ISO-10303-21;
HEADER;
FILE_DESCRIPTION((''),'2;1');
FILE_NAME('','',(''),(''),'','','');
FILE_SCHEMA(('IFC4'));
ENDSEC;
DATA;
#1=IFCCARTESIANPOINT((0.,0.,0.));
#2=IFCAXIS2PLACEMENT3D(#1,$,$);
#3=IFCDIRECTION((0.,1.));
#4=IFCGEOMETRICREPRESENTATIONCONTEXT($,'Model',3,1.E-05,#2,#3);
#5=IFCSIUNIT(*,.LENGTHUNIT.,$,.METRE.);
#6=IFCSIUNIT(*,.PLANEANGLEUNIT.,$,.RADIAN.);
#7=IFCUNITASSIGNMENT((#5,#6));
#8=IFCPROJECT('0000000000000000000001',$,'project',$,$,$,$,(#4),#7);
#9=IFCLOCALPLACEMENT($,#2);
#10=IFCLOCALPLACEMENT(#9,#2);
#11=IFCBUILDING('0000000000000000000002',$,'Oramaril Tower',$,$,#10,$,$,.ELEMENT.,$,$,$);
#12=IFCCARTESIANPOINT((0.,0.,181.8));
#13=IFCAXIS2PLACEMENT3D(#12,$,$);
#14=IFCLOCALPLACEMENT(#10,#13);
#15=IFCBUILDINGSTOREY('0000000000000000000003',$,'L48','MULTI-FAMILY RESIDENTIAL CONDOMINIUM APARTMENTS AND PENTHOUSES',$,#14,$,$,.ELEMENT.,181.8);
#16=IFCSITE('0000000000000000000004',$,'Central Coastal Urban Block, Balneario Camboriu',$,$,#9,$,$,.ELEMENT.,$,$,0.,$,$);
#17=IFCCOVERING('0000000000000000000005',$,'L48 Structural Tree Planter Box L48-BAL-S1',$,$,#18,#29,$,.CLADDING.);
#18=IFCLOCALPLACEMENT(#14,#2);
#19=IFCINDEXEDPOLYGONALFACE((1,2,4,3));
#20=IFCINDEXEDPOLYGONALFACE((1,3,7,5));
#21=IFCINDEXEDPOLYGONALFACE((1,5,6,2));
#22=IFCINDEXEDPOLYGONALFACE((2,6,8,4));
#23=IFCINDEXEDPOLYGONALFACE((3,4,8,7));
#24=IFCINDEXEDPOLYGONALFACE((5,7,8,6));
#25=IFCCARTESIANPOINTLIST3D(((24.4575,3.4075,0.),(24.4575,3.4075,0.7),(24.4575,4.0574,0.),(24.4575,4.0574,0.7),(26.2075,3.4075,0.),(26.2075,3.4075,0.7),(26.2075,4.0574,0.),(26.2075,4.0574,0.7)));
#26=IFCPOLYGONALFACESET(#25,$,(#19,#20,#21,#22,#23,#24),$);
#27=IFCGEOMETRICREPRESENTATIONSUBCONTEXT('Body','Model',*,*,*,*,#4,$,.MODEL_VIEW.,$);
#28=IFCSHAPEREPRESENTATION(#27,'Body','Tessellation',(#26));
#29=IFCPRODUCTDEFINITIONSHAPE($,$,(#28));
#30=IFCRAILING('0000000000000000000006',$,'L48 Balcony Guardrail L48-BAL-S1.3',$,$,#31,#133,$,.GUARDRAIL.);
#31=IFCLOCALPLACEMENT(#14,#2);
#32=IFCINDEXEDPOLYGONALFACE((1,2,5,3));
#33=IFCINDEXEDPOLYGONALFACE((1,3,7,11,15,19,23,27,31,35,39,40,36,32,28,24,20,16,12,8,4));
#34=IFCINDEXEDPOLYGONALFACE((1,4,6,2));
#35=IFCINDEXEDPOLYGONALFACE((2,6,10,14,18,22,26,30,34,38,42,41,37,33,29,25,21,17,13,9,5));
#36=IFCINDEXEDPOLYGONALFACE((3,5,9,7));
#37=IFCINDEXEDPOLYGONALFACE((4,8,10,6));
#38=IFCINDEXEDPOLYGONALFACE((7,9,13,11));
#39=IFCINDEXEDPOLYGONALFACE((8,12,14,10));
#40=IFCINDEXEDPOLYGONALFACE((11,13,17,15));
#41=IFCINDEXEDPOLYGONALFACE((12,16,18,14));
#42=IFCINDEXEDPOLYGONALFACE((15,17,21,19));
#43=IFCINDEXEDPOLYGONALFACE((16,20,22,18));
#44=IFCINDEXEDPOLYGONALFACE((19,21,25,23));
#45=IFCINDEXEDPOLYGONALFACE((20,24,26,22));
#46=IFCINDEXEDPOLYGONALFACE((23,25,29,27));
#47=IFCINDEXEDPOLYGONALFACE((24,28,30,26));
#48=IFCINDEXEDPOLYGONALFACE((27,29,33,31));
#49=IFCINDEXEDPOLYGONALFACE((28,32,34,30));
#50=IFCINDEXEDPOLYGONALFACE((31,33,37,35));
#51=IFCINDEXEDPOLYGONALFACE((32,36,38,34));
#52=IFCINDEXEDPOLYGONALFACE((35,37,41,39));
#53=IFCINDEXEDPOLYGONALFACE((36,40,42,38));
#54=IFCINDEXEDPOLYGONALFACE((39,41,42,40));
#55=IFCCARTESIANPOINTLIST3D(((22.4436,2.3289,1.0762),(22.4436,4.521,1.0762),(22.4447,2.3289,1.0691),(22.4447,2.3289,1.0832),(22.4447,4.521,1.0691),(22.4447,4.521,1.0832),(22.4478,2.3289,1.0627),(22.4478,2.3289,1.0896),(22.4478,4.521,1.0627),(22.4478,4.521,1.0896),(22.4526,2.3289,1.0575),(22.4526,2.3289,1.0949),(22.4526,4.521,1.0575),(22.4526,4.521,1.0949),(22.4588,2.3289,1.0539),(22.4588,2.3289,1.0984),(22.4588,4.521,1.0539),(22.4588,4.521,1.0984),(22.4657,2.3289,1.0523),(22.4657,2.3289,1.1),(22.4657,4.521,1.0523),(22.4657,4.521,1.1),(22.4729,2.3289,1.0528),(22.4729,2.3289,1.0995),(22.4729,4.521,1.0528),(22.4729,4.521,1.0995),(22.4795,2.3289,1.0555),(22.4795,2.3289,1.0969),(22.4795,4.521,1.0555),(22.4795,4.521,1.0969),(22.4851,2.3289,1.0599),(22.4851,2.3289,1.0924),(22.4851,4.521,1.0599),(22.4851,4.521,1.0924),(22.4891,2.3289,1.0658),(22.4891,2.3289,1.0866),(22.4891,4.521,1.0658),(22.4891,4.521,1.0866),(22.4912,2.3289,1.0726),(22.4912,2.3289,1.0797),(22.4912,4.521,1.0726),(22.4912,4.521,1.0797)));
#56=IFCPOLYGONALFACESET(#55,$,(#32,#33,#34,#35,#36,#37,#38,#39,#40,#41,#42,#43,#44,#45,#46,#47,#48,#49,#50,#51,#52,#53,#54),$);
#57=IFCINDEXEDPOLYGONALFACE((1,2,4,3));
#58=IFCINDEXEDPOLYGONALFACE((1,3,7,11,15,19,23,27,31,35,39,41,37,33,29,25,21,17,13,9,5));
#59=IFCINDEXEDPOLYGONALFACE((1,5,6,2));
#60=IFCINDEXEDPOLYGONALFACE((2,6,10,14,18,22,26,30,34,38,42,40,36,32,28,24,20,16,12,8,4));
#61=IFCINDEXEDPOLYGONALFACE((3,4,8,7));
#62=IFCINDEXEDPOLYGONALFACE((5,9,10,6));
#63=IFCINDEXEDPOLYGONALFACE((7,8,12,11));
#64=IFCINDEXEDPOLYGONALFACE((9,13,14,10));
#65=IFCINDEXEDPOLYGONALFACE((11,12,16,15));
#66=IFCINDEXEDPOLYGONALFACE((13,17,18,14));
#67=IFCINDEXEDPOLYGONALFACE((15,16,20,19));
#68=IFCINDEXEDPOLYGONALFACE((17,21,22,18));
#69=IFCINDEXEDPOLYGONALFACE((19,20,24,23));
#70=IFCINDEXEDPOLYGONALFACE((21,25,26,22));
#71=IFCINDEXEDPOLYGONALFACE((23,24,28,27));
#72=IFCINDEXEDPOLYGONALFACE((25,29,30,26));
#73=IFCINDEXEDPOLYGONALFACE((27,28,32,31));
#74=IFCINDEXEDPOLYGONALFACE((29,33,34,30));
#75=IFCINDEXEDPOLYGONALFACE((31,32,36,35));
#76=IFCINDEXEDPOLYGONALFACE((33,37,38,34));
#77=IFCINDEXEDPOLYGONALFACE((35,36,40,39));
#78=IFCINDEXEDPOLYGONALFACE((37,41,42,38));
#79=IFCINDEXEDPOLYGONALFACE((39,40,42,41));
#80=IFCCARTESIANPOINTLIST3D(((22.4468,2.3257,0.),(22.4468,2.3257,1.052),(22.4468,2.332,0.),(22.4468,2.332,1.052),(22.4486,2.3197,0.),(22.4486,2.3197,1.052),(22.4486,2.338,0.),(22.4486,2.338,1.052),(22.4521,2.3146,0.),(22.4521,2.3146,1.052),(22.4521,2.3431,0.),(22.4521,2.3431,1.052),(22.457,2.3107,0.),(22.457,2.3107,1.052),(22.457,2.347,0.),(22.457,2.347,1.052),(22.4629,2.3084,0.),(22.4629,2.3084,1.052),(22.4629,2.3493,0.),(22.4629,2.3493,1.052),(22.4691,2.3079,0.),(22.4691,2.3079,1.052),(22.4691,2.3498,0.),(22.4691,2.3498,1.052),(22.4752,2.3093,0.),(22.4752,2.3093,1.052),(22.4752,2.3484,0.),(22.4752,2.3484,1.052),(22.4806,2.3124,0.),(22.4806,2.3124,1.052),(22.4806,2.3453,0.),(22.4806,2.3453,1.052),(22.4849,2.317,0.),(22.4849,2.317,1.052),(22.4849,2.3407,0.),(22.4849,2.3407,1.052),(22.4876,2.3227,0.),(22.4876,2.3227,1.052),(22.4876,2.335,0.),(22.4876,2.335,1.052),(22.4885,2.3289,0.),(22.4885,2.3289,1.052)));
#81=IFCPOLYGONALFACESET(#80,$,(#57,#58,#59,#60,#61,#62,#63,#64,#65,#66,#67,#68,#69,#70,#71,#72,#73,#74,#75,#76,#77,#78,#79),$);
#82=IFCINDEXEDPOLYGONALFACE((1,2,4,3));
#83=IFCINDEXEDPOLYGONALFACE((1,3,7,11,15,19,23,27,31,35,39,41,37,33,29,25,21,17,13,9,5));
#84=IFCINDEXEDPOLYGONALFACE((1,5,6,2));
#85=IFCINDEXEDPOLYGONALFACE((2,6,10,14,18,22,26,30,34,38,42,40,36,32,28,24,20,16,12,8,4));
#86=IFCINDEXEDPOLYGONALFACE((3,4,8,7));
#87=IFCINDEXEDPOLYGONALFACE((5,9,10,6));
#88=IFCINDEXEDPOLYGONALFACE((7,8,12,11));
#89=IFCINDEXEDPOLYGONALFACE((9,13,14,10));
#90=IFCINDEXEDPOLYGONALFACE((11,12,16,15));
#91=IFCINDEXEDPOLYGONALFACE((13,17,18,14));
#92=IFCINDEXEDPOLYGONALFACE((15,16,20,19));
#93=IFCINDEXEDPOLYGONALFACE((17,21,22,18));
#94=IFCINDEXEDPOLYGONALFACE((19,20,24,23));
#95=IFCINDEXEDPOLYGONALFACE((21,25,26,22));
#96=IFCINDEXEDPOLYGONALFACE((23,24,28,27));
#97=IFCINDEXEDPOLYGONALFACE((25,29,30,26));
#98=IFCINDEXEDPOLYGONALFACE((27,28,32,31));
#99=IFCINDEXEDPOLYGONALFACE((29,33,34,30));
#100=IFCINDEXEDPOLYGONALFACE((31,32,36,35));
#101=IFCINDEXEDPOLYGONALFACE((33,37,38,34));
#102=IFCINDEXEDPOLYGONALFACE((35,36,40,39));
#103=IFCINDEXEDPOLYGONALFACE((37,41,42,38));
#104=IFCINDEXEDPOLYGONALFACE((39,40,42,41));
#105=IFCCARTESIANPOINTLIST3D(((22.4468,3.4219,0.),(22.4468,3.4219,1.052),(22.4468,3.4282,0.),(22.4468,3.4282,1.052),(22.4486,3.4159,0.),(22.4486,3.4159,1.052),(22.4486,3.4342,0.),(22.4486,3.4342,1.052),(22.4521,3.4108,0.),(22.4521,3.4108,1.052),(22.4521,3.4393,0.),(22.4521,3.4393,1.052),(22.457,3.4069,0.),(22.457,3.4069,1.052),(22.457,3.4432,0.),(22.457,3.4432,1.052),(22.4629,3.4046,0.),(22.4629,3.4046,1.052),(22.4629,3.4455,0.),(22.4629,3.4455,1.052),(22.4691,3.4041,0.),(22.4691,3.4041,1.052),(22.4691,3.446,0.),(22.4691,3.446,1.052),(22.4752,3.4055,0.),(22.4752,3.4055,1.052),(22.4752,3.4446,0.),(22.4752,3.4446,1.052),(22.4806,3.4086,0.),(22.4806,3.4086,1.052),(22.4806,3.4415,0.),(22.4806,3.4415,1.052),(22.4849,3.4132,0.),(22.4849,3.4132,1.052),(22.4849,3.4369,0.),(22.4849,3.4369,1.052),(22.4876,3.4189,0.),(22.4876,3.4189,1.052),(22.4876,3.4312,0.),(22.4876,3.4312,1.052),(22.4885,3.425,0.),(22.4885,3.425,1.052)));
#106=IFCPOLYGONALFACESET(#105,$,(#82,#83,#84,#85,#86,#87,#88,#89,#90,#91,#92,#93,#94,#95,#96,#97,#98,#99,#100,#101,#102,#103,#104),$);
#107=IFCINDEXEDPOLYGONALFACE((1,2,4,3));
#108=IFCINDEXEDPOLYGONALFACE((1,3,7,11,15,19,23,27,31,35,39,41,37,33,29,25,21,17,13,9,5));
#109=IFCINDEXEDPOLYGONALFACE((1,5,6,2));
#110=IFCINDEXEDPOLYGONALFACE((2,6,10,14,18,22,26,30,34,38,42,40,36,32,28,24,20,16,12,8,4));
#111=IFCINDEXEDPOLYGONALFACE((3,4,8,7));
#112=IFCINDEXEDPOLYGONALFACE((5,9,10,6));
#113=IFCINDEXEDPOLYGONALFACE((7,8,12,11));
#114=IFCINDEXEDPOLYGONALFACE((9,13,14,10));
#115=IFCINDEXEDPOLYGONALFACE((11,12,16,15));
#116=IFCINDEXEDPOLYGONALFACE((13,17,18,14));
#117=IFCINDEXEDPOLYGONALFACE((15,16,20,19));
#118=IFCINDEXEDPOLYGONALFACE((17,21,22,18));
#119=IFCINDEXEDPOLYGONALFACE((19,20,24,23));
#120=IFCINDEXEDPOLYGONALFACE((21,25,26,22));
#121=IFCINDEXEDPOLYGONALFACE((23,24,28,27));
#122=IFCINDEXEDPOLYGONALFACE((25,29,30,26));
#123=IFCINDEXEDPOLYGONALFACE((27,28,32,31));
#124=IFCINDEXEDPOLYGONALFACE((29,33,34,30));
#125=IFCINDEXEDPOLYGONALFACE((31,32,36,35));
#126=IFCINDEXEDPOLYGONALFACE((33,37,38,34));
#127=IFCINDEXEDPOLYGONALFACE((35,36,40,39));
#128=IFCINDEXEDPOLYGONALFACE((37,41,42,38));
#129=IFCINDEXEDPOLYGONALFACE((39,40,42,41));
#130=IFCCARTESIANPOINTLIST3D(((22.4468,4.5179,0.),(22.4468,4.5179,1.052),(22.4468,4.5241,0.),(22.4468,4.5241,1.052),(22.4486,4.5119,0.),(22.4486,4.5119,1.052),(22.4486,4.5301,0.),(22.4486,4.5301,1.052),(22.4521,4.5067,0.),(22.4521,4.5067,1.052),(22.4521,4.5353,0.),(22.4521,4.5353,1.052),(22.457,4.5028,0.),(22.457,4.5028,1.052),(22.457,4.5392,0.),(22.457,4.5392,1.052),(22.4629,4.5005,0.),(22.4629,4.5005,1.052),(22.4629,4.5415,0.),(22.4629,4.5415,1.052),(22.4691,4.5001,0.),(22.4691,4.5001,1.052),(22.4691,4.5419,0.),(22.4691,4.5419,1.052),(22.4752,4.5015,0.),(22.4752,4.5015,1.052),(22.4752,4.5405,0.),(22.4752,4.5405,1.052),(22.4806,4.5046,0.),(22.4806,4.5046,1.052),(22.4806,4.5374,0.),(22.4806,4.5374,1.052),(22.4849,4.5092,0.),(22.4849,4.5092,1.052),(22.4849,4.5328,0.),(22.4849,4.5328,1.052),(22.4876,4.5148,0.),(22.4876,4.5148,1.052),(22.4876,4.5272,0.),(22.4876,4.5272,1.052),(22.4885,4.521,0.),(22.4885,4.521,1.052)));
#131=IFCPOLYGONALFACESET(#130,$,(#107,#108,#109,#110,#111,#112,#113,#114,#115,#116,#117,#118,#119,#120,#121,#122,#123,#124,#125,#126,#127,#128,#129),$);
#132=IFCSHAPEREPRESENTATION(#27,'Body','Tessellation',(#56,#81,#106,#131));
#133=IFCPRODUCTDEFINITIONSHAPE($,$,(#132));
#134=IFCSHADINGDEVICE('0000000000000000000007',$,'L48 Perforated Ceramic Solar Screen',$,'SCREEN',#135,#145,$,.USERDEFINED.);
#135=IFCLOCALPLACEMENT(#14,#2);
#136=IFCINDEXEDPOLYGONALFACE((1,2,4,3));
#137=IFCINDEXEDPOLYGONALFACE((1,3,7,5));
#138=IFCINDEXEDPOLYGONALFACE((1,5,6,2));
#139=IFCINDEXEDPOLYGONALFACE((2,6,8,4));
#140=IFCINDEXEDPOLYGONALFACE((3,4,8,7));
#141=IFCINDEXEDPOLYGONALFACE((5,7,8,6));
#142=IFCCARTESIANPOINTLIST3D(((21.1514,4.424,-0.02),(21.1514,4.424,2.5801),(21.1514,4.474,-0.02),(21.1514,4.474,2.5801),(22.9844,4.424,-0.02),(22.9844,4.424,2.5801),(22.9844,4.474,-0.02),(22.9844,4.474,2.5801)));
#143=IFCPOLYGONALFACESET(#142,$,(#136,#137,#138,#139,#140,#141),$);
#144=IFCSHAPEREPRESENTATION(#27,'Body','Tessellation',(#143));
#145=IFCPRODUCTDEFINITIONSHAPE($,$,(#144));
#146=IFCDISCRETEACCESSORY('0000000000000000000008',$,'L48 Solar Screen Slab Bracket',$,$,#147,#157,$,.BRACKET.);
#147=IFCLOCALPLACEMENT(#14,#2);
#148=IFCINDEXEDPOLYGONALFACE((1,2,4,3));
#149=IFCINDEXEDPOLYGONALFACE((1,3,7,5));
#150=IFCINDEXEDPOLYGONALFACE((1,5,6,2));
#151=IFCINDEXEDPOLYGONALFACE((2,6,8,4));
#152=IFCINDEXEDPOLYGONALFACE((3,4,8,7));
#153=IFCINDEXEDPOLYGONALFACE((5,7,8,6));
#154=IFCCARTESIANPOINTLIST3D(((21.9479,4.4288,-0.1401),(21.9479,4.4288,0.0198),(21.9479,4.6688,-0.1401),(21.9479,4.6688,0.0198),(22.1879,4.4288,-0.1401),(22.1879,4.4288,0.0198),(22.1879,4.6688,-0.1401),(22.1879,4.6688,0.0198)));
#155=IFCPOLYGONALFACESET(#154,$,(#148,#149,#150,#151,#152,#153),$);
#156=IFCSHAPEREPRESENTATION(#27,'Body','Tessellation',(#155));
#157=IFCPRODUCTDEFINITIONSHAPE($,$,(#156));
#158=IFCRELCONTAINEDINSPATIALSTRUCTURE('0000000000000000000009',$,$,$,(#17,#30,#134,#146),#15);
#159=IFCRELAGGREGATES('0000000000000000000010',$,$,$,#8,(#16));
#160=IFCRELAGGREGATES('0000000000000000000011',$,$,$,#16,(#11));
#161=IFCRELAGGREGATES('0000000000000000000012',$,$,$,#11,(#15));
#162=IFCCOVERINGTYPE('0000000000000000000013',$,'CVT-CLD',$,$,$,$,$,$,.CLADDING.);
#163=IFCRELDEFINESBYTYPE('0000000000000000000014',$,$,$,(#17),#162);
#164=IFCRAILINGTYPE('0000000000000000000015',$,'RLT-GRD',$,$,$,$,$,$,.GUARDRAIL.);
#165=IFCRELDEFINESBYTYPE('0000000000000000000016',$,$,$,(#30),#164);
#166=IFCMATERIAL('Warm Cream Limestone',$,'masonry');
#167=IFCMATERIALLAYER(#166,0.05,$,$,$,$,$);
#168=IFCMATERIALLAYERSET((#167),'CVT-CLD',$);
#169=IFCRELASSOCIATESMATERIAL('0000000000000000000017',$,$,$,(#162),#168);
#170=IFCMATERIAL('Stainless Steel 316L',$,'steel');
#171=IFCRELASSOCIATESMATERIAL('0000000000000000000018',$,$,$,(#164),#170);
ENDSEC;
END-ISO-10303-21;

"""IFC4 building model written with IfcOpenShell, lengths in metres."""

from ifc_helpers import new_model, si_unit, direction, frame, origin, origin_2d, place, context, subcontext, project, spatial, rectangle, circle, extrude, material, layer, layer_set, type_object, element, save


model = new_model("IFC4")

# Units and contexts
model_context = context("Model", 3, precision=1e-05, world=origin(), true_north=direction((0.0, 1.0)))
body_context = subcontext(model_context, "Body", "Model", "MODEL_VIEW")
ifc_project = project(units=[si_unit("LENGTHUNIT", "METRE"), si_unit("PLANEANGLEUNIT", "RADIAN")], contexts=[model_context])

# Site, building, storey
site_placement = place(None, origin())
site = spatial("IfcSite", under=ifc_project, at=site_placement, Name="Central Coastal Urban Block, Balneario Camboriu", CompositionType="ELEMENT", RefElevation=0.0)
building_placement = place(site_placement, origin())
building = spatial("IfcBuilding", under=site, at=building_placement, Name="Oramaril Tower", CompositionType="ELEMENT")
storey_placement = place(building_placement, frame((0.0, 0.0, 181.8)))
storey = spatial("IfcBuildingStorey", under=building, at=storey_placement, Name="L48", Description="MULTI-FAMILY RESIDENTIAL CONDOMINIUM APARTMENTS AND PENTHOUSES", CompositionType="ELEMENT", Elevation=181.8)

# Covering
ifc_material_1 = material(Name="Warm Cream Limestone", Category="masonry")
ifc_layer_1 = layer(ifc_material_1, 0.05)
ifc_layer_set_1 = layer_set([ifc_layer_1], Name="CVT-CLD")
covering_type = type_object("IfcCoveringType", Name="CVT-CLD", PredefinedType="CLADDING", material=ifc_layer_set_1)
covering_1_placement = place(storey_placement, frame((25.3325, 3.7324, 0.0), z_axis=(0.0, 0.0, 1.0), x_axis=(1.0, 0.0, 0.0)))
element("IfcCovering", 1, at=covering_1_placement, inside=storey, type_object=covering_type, Name="L48 Structural Tree Planter Box L48-BAL-S1", PredefinedType="CLADDING", context=body_context, shape_type="SweptSolid", body=[
    extrude(rectangle(XDim=1.75, YDim=0.6499, at=origin_2d()), origin(), (0.0, 0.0, 1.0), 0.7),
])

# Railing
ifc_material_2 = material(Name="Stainless Steel 316L", Category="steel")
railing_type = type_object("IfcRailingType", Name="RLT-GRD", PredefinedType="GUARDRAIL", material=ifc_material_2)
railing_placement = place(storey_placement, frame((22.4675, 2.3289, 0.0)))
element("IfcRailing", 2, at=railing_placement, inside=storey, type_object=railing_type, Name="L48 Balcony Guardrail L48-BAL-S1.3", PredefinedType="GUARDRAIL", context=body_context, shape_type="SweptSolid", body=[
    extrude(circle(Radius=0.0239, at=origin_2d()), frame((0.0, 0.0, 1.0762), z_axis=(0.0, 1.0, 0.0), x_axis=(-1.0, 0.0, 0.0)), (0.0, 0.0, 1.0), 2.1921),
    extrude(circle(Radius=0.021, at=origin_2d()), origin(), (0.0, 0.0, 1.0), 1.052),
    extrude(circle(Radius=0.021, at=origin_2d()), frame((0.0, 1.0962, 0.0)), (0.0, 0.0, 1.0), 1.052),
    extrude(circle(Radius=0.021, at=origin_2d()), frame((0.0, 2.1921, 0.0)), (0.0, 0.0, 1.0), 1.052),
])

# Shading device
shading_device_placement = place(storey_placement, frame((22.0679, 4.449, -0.02), z_axis=(0.0, 0.0, 1.0), x_axis=(1.0, 0.0, 0.0)))
element("IfcShadingDevice", 3, at=shading_device_placement, inside=storey, Name="L48 Perforated Ceramic Solar Screen", ObjectType="SCREEN", PredefinedType="USERDEFINED", context=body_context, shape_type="SweptSolid", body=[
    extrude(rectangle(XDim=1.833, YDim=0.05, at=origin_2d()), origin(), (0.0, 0.0, 1.0), 2.6001),
])

# Discrete accessory
discrete_accessory_placement = place(storey_placement, frame((22.0679, 4.5488, -0.1401), z_axis=(0.0, 0.0, 1.0), x_axis=(1.0, 0.0, 0.0)))
element("IfcDiscreteAccessory", 4, at=discrete_accessory_placement, inside=storey, Name="L48 Solar Screen Slab Bracket", PredefinedType="BRACKET", context=body_context, shape_type="SweptSolid", body=[
    extrude(rectangle(XDim=0.24, YDim=0.24, at=origin_2d()), origin(), (0.0, 0.0, 1.0), 0.1599),
])

save(model, "model.ifc")
